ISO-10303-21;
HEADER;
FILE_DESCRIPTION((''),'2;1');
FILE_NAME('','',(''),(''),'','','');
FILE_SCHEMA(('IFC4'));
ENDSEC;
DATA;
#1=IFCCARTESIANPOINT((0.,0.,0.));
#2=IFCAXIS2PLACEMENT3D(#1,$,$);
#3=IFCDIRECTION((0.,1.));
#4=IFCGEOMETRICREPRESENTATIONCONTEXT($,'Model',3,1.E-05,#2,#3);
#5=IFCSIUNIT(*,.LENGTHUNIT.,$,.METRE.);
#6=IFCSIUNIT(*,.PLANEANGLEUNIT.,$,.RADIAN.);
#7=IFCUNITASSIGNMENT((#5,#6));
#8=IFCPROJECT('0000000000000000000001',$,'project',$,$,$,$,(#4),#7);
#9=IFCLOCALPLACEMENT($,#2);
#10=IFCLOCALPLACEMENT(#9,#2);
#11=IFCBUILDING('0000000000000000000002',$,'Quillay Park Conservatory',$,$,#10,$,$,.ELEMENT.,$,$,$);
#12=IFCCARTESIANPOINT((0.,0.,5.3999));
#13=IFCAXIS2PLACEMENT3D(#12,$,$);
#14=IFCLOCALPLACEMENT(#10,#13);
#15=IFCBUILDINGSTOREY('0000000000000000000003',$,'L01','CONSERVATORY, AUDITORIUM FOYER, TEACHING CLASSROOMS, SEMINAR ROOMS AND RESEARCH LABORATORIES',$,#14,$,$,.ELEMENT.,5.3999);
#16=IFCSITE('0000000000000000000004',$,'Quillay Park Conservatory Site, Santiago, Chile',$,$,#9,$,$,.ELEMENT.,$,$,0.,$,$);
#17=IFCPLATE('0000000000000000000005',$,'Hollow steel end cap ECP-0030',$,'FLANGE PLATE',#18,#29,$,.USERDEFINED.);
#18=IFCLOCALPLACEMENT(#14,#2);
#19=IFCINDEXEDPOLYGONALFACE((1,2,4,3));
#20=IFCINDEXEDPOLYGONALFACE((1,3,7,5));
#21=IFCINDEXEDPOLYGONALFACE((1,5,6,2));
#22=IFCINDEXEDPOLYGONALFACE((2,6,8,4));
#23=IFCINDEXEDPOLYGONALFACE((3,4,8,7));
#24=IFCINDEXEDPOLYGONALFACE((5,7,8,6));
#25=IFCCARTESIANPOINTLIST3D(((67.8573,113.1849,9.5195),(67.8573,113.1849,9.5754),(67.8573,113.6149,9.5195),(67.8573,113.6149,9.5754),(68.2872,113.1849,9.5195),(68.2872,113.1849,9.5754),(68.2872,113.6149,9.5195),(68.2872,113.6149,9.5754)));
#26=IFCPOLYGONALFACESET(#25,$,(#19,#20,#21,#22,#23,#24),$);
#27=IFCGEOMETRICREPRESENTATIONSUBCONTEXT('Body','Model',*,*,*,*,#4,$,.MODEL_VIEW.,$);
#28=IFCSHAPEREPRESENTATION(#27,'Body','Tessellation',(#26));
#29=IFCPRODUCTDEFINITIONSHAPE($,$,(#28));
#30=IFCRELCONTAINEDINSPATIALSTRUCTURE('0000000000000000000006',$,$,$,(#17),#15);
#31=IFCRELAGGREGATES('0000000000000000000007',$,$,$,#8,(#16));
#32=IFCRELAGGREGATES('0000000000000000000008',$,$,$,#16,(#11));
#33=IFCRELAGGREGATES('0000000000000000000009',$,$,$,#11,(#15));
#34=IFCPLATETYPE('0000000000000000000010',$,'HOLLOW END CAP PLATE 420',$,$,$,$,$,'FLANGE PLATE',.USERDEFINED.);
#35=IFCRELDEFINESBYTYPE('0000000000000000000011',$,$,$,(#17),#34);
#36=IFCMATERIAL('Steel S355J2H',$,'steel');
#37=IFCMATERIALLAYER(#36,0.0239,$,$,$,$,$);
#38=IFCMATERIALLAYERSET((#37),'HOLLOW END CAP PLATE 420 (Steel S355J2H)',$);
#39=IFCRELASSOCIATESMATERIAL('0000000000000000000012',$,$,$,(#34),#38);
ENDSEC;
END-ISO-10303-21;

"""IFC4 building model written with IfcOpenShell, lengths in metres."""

from ifc_helpers import new_model, si_unit, direction, frame, origin, origin_2d, place, context, subcontext, project, spatial, rectangle, extrude, material, layer, layer_set, type_object, element, save


model = new_model("IFC4")

# Units and contexts
model_context = context("Model", 3, precision=1e-05, world=origin(), true_north=direction((0.0, 1.0)))
body_context = subcontext(model_context, "Body", "Model", "MODEL_VIEW")
ifc_project = project(units=[si_unit("LENGTHUNIT", "METRE"), si_unit("PLANEANGLEUNIT", "RADIAN")], contexts=[model_context])

# Site, building, storey
site_placement = place(None, origin())
site = spatial("IfcSite", under=ifc_project, at=site_placement, Name="Quillay Park Conservatory Site, Santiago, Chile", CompositionType="ELEMENT", RefElevation=0.0)
building_placement = place(site_placement, origin())
building = spatial("IfcBuilding", under=site, at=building_placement, Name="Quillay Park Conservatory", CompositionType="ELEMENT")
storey_placement = place(building_placement, frame((0.0, 0.0, 5.3999)))
storey = spatial("IfcBuildingStorey", under=building, at=storey_placement, Name="L01", Description="CONSERVATORY, AUDITORIUM FOYER, TEACHING CLASSROOMS, SEMINAR ROOMS AND RESEARCH LABORATORIES", CompositionType="ELEMENT", Elevation=5.3999)

# Plate
ifc_material_1 = material(Name="Steel S355J2H", Category="steel")
ifc_layer_1 = layer(ifc_material_1, 0.0239)
ifc_layer_set_1 = layer_set([ifc_layer_1], Name="HOLLOW END CAP PLATE 420 (Steel S355J2H)")
plate_type_1 = type_object("IfcPlateType", Name="HOLLOW END CAP PLATE 420", ElementType="FLANGE PLATE", PredefinedType="USERDEFINED", material=ifc_layer_set_1)
plate_1_placement = place(storey_placement, frame((68.0723, 113.3999, 9.5195), z_axis=(0.0, 0.0, 1.0), x_axis=(1.0, 0.0, 0.0)))
element("IfcPlate", 1, at=plate_1_placement, inside=storey, type_object=plate_type_1, Name="Hollow steel end cap ECP-0030", ObjectType="FLANGE PLATE", PredefinedType="USERDEFINED", context=body_context, shape_type="SweptSolid", body=[
    extrude(rectangle(XDim=0.4299, YDim=0.4299, at=origin_2d()), origin(), (0.0, 0.0, 1.0), 0.0559),
])

save(model, "model.ifc")
